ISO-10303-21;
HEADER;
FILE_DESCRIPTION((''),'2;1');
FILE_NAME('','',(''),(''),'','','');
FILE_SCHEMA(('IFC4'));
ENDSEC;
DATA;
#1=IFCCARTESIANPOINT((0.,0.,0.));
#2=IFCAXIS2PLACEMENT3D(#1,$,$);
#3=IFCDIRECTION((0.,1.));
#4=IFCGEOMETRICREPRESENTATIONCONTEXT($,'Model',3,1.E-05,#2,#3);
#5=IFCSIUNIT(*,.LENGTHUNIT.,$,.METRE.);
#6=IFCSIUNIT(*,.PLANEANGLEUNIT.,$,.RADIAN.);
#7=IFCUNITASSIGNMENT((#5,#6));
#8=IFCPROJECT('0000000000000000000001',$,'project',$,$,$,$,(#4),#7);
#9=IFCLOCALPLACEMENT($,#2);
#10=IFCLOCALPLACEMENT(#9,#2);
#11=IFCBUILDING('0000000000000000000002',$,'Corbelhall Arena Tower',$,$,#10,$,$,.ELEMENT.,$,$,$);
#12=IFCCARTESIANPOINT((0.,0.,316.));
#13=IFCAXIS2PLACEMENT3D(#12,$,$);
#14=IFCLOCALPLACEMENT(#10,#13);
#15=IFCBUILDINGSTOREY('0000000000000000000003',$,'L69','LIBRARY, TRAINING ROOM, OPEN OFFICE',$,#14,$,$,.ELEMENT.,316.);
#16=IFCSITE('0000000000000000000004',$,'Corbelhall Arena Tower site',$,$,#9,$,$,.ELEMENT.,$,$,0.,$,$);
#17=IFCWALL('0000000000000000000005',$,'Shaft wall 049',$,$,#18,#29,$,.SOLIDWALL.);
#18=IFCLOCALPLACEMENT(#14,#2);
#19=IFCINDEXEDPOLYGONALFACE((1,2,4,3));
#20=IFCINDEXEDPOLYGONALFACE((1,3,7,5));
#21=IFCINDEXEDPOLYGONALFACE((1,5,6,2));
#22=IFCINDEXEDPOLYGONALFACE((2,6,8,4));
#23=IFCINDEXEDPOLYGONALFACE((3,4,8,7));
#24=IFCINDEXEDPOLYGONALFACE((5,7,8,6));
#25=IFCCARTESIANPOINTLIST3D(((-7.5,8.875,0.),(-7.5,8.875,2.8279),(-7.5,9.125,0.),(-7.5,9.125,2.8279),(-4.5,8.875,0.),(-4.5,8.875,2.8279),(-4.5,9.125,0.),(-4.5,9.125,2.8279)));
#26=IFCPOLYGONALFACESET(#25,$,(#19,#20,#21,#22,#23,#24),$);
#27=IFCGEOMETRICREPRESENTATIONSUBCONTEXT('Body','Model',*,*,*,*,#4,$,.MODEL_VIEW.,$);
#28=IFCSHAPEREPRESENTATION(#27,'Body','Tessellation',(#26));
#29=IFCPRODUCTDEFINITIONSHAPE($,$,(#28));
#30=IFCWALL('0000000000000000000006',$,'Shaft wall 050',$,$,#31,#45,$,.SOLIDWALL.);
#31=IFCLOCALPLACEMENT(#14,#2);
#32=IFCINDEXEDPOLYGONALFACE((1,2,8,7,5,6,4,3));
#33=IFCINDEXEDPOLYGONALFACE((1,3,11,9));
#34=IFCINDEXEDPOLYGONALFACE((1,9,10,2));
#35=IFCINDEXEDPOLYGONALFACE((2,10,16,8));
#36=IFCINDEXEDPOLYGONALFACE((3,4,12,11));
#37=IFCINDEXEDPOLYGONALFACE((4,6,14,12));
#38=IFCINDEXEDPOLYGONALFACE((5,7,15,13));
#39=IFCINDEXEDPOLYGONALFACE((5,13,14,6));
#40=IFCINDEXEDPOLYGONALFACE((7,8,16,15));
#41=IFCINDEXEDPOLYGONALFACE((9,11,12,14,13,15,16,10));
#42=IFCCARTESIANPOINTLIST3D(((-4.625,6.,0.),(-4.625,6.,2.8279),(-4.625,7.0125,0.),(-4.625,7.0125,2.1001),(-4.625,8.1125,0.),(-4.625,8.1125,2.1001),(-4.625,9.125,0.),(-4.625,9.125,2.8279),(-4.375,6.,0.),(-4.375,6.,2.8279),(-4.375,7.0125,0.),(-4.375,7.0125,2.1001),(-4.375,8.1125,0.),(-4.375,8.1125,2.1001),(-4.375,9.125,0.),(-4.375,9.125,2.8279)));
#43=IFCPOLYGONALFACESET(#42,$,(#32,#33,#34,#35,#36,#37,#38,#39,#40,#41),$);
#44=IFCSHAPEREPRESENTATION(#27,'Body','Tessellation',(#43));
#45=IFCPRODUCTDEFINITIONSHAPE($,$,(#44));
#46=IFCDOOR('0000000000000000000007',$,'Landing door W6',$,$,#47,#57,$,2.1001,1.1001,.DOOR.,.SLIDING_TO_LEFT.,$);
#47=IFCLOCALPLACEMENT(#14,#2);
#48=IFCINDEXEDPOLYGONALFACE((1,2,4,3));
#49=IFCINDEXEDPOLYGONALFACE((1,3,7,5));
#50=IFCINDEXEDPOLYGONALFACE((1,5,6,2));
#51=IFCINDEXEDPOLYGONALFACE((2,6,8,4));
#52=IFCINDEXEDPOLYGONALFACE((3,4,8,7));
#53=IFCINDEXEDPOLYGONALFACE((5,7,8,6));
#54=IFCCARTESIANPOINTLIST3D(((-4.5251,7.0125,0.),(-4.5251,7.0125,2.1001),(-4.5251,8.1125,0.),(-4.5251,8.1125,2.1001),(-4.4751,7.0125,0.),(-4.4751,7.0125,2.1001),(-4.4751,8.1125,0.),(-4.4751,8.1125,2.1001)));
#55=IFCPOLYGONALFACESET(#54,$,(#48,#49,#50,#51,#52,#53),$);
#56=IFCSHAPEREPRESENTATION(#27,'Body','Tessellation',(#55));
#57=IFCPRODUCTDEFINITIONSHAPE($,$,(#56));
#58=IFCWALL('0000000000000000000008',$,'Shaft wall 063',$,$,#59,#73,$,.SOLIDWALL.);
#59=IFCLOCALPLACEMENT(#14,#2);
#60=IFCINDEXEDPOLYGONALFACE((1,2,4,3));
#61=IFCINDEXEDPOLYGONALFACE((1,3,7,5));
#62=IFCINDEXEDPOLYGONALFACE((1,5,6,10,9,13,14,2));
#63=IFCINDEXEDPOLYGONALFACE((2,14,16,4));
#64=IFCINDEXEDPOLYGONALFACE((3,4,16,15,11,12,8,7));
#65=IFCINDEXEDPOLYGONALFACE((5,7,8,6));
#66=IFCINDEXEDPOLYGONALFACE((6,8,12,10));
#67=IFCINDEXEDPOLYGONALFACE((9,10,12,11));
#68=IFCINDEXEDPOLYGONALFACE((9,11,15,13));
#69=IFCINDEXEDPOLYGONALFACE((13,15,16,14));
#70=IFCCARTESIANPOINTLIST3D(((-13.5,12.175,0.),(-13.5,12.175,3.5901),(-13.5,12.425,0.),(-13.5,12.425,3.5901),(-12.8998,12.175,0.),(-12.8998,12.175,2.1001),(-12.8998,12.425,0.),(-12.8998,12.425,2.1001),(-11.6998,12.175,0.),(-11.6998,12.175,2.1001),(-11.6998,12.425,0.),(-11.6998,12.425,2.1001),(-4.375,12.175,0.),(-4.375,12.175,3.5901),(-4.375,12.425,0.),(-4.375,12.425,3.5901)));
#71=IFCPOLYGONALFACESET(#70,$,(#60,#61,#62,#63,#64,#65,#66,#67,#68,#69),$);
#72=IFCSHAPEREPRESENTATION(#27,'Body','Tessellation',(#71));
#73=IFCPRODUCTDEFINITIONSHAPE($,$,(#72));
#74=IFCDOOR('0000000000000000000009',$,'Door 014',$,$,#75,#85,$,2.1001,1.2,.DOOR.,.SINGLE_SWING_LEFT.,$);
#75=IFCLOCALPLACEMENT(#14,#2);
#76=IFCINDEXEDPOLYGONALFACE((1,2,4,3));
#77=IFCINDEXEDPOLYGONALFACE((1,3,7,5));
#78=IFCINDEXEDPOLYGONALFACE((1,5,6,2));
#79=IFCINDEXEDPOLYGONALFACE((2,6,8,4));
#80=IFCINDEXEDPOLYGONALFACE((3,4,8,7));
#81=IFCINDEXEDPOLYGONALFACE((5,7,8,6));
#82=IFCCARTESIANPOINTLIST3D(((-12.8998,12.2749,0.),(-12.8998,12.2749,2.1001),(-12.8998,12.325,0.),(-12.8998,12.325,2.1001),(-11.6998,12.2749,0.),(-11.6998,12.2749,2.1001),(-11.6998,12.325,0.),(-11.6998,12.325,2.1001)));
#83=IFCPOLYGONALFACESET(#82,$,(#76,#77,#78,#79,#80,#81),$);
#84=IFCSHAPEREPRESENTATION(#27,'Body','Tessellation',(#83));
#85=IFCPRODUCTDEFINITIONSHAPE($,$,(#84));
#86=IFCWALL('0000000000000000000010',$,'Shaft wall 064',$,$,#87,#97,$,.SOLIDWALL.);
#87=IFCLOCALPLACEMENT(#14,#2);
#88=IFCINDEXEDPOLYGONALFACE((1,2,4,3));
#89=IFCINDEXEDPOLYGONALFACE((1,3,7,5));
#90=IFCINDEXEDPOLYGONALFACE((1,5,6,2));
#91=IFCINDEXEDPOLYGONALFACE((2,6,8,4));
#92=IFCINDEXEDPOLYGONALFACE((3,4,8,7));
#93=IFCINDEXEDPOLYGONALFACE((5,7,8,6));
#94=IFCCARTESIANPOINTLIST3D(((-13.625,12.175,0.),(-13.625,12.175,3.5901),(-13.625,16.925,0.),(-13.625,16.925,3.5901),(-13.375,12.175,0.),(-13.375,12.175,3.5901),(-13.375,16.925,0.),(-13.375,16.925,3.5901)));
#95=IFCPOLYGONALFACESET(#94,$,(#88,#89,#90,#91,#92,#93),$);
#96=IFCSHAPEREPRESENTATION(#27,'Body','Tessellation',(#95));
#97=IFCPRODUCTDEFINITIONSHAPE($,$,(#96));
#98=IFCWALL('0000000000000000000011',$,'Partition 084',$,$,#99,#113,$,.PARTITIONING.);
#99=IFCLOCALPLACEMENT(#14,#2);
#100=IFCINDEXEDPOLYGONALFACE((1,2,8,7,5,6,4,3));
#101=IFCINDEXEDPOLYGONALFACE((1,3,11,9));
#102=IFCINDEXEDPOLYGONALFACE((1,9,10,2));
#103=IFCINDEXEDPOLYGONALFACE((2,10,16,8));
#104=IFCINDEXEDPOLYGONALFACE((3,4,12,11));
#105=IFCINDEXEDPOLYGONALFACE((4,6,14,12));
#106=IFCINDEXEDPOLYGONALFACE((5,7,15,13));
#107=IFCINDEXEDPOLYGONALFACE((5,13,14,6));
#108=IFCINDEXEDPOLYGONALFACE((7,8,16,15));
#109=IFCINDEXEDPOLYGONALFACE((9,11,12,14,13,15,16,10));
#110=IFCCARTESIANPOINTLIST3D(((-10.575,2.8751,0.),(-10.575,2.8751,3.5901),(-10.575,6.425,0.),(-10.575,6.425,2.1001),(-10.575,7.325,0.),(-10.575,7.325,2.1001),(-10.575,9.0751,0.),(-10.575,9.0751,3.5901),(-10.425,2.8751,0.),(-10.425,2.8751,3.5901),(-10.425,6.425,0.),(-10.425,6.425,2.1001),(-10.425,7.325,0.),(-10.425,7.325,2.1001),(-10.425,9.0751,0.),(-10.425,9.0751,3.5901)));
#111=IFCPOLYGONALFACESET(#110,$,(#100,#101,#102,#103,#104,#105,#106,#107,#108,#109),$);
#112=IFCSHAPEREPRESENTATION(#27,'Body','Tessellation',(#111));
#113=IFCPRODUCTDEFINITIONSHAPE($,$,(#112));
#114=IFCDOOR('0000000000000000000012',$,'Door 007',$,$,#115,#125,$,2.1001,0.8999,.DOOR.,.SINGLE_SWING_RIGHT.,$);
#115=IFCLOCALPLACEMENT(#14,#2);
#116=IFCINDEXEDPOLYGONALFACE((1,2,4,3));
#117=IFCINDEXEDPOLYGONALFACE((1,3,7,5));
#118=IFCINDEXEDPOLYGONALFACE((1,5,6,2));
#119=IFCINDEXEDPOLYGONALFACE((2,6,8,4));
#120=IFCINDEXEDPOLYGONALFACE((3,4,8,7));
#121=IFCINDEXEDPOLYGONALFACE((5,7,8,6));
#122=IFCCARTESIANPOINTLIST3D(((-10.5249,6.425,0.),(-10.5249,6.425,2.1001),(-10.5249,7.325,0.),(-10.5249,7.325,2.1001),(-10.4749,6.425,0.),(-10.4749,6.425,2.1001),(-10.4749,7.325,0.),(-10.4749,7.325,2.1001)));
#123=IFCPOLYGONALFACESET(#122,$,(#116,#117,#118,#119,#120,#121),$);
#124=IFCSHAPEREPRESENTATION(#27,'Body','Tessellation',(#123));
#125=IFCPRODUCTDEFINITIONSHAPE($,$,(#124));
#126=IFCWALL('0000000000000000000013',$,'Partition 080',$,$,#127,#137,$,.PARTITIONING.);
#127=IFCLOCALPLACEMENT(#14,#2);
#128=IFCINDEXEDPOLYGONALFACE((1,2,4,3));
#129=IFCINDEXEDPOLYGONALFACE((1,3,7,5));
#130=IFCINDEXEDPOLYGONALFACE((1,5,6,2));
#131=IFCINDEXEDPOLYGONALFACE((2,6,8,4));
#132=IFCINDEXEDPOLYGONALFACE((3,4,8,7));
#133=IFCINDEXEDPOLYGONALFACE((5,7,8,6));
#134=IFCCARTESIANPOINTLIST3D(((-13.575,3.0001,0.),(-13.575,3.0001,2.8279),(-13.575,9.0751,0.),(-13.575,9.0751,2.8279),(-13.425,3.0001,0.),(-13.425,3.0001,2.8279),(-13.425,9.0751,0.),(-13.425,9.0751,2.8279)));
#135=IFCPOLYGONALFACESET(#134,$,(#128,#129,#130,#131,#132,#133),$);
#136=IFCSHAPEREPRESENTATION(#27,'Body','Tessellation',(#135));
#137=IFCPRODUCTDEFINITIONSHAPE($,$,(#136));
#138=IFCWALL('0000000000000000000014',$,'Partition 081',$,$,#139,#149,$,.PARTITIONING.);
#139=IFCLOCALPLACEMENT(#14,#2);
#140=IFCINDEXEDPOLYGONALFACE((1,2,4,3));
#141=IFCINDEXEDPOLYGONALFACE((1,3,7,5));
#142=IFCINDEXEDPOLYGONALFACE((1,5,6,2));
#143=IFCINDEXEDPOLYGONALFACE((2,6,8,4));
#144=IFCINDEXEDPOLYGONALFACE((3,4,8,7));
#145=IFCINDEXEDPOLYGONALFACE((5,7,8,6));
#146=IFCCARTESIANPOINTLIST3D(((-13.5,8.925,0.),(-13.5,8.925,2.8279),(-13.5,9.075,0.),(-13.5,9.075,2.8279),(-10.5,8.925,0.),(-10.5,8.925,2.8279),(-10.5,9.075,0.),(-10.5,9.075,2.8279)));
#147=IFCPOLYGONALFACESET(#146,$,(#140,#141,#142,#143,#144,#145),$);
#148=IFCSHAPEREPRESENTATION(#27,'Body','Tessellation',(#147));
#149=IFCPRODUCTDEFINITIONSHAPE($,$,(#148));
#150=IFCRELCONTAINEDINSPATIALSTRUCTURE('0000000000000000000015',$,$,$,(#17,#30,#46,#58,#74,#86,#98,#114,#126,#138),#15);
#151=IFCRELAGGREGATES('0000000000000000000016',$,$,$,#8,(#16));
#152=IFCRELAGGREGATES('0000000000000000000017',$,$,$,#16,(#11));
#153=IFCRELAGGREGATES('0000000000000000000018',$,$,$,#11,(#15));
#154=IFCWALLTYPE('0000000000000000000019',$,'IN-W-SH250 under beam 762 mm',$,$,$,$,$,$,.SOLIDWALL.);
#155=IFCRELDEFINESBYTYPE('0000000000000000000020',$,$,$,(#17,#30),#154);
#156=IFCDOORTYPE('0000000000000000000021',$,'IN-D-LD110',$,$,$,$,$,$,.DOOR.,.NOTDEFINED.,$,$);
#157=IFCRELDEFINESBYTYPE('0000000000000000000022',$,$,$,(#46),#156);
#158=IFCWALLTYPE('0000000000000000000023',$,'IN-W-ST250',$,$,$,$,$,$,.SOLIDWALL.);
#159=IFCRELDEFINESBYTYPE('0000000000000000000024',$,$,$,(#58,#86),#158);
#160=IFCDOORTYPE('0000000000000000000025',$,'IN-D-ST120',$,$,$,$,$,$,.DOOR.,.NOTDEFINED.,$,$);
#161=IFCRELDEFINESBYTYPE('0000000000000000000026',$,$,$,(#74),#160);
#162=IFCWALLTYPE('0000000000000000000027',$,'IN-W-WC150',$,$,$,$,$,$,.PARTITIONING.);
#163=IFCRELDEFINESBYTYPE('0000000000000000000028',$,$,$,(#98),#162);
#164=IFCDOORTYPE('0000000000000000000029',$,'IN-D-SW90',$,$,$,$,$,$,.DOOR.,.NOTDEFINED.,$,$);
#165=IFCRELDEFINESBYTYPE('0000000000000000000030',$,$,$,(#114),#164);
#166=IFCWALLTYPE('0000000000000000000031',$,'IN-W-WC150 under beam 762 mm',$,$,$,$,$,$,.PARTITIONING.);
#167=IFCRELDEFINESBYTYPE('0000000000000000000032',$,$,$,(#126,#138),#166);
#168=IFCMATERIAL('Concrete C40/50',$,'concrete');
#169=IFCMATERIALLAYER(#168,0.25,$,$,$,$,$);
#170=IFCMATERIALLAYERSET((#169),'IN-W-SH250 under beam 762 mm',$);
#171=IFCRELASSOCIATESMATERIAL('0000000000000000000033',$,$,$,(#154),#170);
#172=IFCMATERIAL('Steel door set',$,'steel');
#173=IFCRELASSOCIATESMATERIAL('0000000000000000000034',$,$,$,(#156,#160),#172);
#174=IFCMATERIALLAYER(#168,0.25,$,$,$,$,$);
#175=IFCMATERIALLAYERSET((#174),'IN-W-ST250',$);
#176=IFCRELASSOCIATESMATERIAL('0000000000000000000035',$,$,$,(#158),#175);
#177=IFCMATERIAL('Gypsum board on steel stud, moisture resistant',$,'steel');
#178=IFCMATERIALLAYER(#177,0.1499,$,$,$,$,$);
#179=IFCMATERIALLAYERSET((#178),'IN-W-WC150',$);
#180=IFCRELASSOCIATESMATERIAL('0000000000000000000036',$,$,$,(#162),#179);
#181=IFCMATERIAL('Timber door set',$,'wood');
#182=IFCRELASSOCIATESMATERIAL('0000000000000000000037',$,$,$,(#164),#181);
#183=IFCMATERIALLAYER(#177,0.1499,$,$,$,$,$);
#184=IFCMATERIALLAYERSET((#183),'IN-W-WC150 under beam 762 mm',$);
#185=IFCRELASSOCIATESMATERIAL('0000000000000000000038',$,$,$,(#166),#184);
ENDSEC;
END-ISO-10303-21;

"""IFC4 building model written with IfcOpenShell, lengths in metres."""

from ifc_helpers import new_model, si_unit, direction, frame, frame_2d, origin, place, context, subcontext, project, spatial, rectangle, extrude, material, layer, layer_set, type_object, element, fill, save


model = new_model("IFC4")

# Units and contexts
model_context = context("Model", 3, precision=1e-05, world=origin(), true_north=direction((0.0, 1.0)))
body_context = subcontext(model_context, "Body", "Model", "MODEL_VIEW")
ifc_project = project(units=[si_unit("LENGTHUNIT", "METRE"), si_unit("PLANEANGLEUNIT", "RADIAN")], contexts=[model_context])

# Site, building, storey
site_placement = place(None, origin())
site = spatial("IfcSite", under=ifc_project, at=site_placement, Name="Corbelhall Arena Tower site", CompositionType="ELEMENT", RefElevation=0.0)
building_placement = place(site_placement, origin())
building = spatial("IfcBuilding", under=site, at=building_placement, Name="Corbelhall Arena Tower", CompositionType="ELEMENT")
storey_placement = place(building_placement, frame((0.0, 0.0, 316.0)))
storey = spatial("IfcBuildingStorey", under=building, at=storey_placement, Name="L69", Description="LIBRARY, TRAINING ROOM, OPEN OFFICE", CompositionType="ELEMENT", Elevation=316.0)

# Shared definitions
ifc_material_1 = material(Name="Steel door set", Category="steel")

# Shared definitions
ifc_material_2 = material(Name="Concrete C40/50", Category="concrete")

# Wall
ifc_layer_1 = layer(ifc_material_2, 0.25)
ifc_layer_set_1 = layer_set([ifc_layer_1], Name="IN-W-SH250 under beam 762 mm")
wall_type_1 = type_object("IfcWallType", Name="IN-W-SH250 under beam 762 mm", PredefinedType="SOLIDWALL", material=ifc_layer_set_1)
wall_1_placement = place(storey_placement, frame((-7.5, 9.0, 0.0), z_axis=(0.0, 0.0, 1.0), x_axis=(1.0, 0.0, 0.0)))
element("IfcWall", 1, at=wall_1_placement, inside=storey, type_object=wall_type_1, Name="Shaft wall 049", PredefinedType="SOLIDWALL", context=body_context, shape_type="SweptSolid", body=[
    extrude(rectangle(XDim=3.0, YDim=0.25, at=frame_2d((1.5, 0.0))), origin(), (0.0, 0.0, 1.0), 2.8279),
])

# Walls, openings, doors
wall_2_placement = place(storey_placement, frame((-4.5, 9.125, 0.0), z_axis=(0.0, 0.0, 1.0), x_axis=(0.0, -1.0, 0.0)))
wall_2 = element("IfcWall", 2, at=wall_2_placement, inside=storey, type_object=wall_type_1, Name="Shaft wall 050", PredefinedType="SOLIDWALL", context=body_context, shape_type="SweptSolid", body=[
    extrude(rectangle(XDim=3.125, YDim=0.25, at=frame_2d((1.5625, 0.0))), origin(), (0.0, 0.0, 1.0), 2.8279),
])
opening_1_placement = place(wall_2_placement, frame((1.0125, 0.0, 0.0)))
opening_1 = element("IfcOpeningElement", 3, at=opening_1_placement, cuts=wall_2, PredefinedType="OPENING", context=body_context, shape_type="SweptSolid", body=[
    extrude(rectangle(XDim=1.1001, YDim=2.1001, at=frame_2d((0.55, 1.05))), frame((0.0, 0.125, 0.0), z_axis=(0.0, -1.0, 0.0), x_axis=(1.0, 0.0, 0.0)), (0.0, 0.0, 1.0), 0.25),
])
door_type_1 = type_object("IfcDoorType", Name="IN-D-LD110", OperationType="NOTDEFINED", PredefinedType="DOOR", material=ifc_material_1)
door_1_placement = place(opening_1_placement, origin())
door_1 = element("IfcDoor", 4, at=door_1_placement, inside=storey, type_object=door_type_1, Name="Landing door W6", OperationType="SLIDING_TO_LEFT", OverallHeight=2.1001, OverallWidth=1.1001, PredefinedType="DOOR", context=body_context, shape_type="SweptSolid", body=[
    extrude(rectangle(XDim=1.1001, YDim=2.1001, at=frame_2d((0.55, 1.05))), frame((0.0, 0.0249, 0.0), z_axis=(0.0, -1.0, 0.0), x_axis=(1.0, 0.0, 0.0)), (0.0, 0.0, 1.0), 0.05),
])
fill(opening_1, door_1)
ifc_layer_2 = layer(ifc_material_2, 0.25)
ifc_layer_set_2 = layer_set([ifc_layer_2], Name="IN-W-ST250")
wall_type_2 = type_object("IfcWallType", Name="IN-W-ST250", PredefinedType="SOLIDWALL", material=ifc_layer_set_2)
wall_3_placement = place(storey_placement, frame((-13.5, 12.3, 0.0), z_axis=(0.0, 0.0, 1.0), x_axis=(1.0, 0.0, 0.0)))
wall_3 = element("IfcWall", 5, at=wall_3_placement, inside=storey, type_object=wall_type_2, Name="Shaft wall 063", PredefinedType="SOLIDWALL", context=body_context, shape_type="SweptSolid", body=[
    extrude(rectangle(XDim=9.125, YDim=0.25, at=frame_2d((4.5625, 0.0))), origin(), (0.0, 0.0, 1.0), 3.5901),
])
opening_2_placement = place(wall_3_placement, frame((0.6001, 0.0, 0.0)))
opening_2 = element("IfcOpeningElement", 6, at=opening_2_placement, cuts=wall_3, PredefinedType="OPENING", context=body_context, shape_type="SweptSolid", body=[
    extrude(rectangle(XDim=1.2, YDim=2.1001, at=frame_2d((0.6001, 1.05))), frame((0.0, 0.125, 0.0), z_axis=(0.0, -1.0, 0.0), x_axis=(1.0, 0.0, 0.0)), (0.0, 0.0, 1.0), 0.25),
])
door_type_2 = type_object("IfcDoorType", Name="IN-D-ST120", OperationType="NOTDEFINED", PredefinedType="DOOR", material=ifc_material_1)
door_2_placement = place(opening_2_placement, origin())
door_2 = element("IfcDoor", 7, at=door_2_placement, inside=storey, type_object=door_type_2, Name="Door 014", OperationType="SINGLE_SWING_LEFT", OverallHeight=2.1001, OverallWidth=1.2, PredefinedType="DOOR", context=body_context, shape_type="SweptSolid", body=[
    extrude(rectangle(XDim=1.2, YDim=2.1001, at=frame_2d((0.6001, 1.05))), frame((0.0, 0.0249, 0.0), z_axis=(0.0, -1.0, 0.0), x_axis=(1.0, 0.0, 0.0)), (0.0, 0.0, 1.0), 0.05),
])
fill(opening_2, door_2)

# Wall
wall_4_placement = place(storey_placement, frame((-13.5, 12.175, 0.0), z_axis=(0.0, 0.0, 1.0), x_axis=(0.0, 1.0, 0.0)))
element("IfcWall", 8, at=wall_4_placement, inside=storey, type_object=wall_type_2, Name="Shaft wall 064", PredefinedType="SOLIDWALL", context=body_context, shape_type="SweptSolid", body=[
    extrude(rectangle(XDim=4.75, YDim=0.25, at=frame_2d((2.375, 0.0))), origin(), (0.0, 0.0, 1.0), 3.5901),
])

# Wall, opening, door
ifc_material_3 = material(Name="Gypsum board on steel stud, moisture resistant", Category="steel")
ifc_layer_3 = layer(ifc_material_3, 0.1499)
ifc_layer_set_3 = layer_set([ifc_layer_3], Name="IN-W-WC150")
wall_type_3 = type_object("IfcWallType", Name="IN-W-WC150", PredefinedType="PARTITIONING", material=ifc_layer_set_3)
wall_5_placement = place(storey_placement, frame((-10.5, 2.875, 0.0), z_axis=(0.0, 0.0, 1.0), x_axis=(0.0, 1.0, 0.0)))
wall_5 = element("IfcWall", 9, at=wall_5_placement, inside=storey, type_object=wall_type_3, Name="Partition 084", PredefinedType="PARTITIONING", context=body_context, shape_type="SweptSolid", body=[
    extrude(rectangle(XDim=6.2, YDim=0.1499, at=frame_2d((3.1001, 0.0))), origin(), (0.0, 0.0, 1.0), 3.5901),
])
opening_3_placement = place(wall_5_placement, frame((3.55, 0.0, 0.0)))
opening_3 = element("IfcOpeningElement", 10, at=opening_3_placement, cuts=wall_5, PredefinedType="OPENING", context=body_context, shape_type="SweptSolid", body=[
    extrude(rectangle(XDim=0.8999, YDim=2.1001, at=frame_2d((0.45, 1.05))), frame((0.0, 0.075, 0.0), z_axis=(0.0, -1.0, 0.0), x_axis=(1.0, 0.0, 0.0)), (0.0, 0.0, 1.0), 0.1499),
])
ifc_material_4 = material(Name="Timber door set", Category="wood")
door_type_3 = type_object("IfcDoorType", Name="IN-D-SW90", OperationType="NOTDEFINED", PredefinedType="DOOR", material=ifc_material_4)
door_3_placement = place(opening_3_placement, origin())
door_3 = element("IfcDoor", 11, at=door_3_placement, inside=storey, type_object=door_type_3, Name="Door 007", OperationType="SINGLE_SWING_RIGHT", OverallHeight=2.1001, OverallWidth=0.8999, PredefinedType="DOOR", context=body_context, shape_type="SweptSolid", body=[
    extrude(rectangle(XDim=0.8999, YDim=2.1001, at=frame_2d((0.45, 1.05))), frame((0.0, 0.0249, 0.0), z_axis=(0.0, -1.0, 0.0), x_axis=(1.0, 0.0, 0.0)), (0.0, 0.0, 1.0), 0.05),
])
fill(opening_3, door_3)

# Walls
ifc_layer_4 = layer(ifc_material_3, 0.1499)
ifc_layer_set_4 = layer_set([ifc_layer_4], Name="IN-W-WC150 under beam 762 mm")
wall_type_4 = type_object("IfcWallType", Name="IN-W-WC150 under beam 762 mm", PredefinedType="PARTITIONING", material=ifc_layer_set_4)
wall_6_placement = place(storey_placement, frame((-13.5, 3.0, 0.0), z_axis=(0.0, 0.0, 1.0), x_axis=(0.0, 1.0, 0.0)))
element("IfcWall", 12, at=wall_6_placement, inside=storey, type_object=wall_type_4, Name="Partition 080", PredefinedType="PARTITIONING", context=body_context, shape_type="SweptSolid", body=[
    extrude(rectangle(XDim=6.075, YDim=0.1499, at=frame_2d((3.0376, 0.0))), origin(), (0.0, 0.0, 1.0), 2.8279),
])
wall_7_placement = place(storey_placement, frame((-13.5, 9.0, 0.0), z_axis=(0.0, 0.0, 1.0), x_axis=(1.0, 0.0, 0.0)))
element("IfcWall", 13, at=wall_7_placement, inside=storey, type_object=wall_type_4, Name="Partition 081", PredefinedType="PARTITIONING", context=body_context, shape_type="SweptSolid", body=[
    extrude(rectangle(XDim=3.0, YDim=0.1499, at=frame_2d((1.5, 0.0))), origin(), (0.0, 0.0, 1.0), 2.8279),
])

save(model, "model.ifc")
